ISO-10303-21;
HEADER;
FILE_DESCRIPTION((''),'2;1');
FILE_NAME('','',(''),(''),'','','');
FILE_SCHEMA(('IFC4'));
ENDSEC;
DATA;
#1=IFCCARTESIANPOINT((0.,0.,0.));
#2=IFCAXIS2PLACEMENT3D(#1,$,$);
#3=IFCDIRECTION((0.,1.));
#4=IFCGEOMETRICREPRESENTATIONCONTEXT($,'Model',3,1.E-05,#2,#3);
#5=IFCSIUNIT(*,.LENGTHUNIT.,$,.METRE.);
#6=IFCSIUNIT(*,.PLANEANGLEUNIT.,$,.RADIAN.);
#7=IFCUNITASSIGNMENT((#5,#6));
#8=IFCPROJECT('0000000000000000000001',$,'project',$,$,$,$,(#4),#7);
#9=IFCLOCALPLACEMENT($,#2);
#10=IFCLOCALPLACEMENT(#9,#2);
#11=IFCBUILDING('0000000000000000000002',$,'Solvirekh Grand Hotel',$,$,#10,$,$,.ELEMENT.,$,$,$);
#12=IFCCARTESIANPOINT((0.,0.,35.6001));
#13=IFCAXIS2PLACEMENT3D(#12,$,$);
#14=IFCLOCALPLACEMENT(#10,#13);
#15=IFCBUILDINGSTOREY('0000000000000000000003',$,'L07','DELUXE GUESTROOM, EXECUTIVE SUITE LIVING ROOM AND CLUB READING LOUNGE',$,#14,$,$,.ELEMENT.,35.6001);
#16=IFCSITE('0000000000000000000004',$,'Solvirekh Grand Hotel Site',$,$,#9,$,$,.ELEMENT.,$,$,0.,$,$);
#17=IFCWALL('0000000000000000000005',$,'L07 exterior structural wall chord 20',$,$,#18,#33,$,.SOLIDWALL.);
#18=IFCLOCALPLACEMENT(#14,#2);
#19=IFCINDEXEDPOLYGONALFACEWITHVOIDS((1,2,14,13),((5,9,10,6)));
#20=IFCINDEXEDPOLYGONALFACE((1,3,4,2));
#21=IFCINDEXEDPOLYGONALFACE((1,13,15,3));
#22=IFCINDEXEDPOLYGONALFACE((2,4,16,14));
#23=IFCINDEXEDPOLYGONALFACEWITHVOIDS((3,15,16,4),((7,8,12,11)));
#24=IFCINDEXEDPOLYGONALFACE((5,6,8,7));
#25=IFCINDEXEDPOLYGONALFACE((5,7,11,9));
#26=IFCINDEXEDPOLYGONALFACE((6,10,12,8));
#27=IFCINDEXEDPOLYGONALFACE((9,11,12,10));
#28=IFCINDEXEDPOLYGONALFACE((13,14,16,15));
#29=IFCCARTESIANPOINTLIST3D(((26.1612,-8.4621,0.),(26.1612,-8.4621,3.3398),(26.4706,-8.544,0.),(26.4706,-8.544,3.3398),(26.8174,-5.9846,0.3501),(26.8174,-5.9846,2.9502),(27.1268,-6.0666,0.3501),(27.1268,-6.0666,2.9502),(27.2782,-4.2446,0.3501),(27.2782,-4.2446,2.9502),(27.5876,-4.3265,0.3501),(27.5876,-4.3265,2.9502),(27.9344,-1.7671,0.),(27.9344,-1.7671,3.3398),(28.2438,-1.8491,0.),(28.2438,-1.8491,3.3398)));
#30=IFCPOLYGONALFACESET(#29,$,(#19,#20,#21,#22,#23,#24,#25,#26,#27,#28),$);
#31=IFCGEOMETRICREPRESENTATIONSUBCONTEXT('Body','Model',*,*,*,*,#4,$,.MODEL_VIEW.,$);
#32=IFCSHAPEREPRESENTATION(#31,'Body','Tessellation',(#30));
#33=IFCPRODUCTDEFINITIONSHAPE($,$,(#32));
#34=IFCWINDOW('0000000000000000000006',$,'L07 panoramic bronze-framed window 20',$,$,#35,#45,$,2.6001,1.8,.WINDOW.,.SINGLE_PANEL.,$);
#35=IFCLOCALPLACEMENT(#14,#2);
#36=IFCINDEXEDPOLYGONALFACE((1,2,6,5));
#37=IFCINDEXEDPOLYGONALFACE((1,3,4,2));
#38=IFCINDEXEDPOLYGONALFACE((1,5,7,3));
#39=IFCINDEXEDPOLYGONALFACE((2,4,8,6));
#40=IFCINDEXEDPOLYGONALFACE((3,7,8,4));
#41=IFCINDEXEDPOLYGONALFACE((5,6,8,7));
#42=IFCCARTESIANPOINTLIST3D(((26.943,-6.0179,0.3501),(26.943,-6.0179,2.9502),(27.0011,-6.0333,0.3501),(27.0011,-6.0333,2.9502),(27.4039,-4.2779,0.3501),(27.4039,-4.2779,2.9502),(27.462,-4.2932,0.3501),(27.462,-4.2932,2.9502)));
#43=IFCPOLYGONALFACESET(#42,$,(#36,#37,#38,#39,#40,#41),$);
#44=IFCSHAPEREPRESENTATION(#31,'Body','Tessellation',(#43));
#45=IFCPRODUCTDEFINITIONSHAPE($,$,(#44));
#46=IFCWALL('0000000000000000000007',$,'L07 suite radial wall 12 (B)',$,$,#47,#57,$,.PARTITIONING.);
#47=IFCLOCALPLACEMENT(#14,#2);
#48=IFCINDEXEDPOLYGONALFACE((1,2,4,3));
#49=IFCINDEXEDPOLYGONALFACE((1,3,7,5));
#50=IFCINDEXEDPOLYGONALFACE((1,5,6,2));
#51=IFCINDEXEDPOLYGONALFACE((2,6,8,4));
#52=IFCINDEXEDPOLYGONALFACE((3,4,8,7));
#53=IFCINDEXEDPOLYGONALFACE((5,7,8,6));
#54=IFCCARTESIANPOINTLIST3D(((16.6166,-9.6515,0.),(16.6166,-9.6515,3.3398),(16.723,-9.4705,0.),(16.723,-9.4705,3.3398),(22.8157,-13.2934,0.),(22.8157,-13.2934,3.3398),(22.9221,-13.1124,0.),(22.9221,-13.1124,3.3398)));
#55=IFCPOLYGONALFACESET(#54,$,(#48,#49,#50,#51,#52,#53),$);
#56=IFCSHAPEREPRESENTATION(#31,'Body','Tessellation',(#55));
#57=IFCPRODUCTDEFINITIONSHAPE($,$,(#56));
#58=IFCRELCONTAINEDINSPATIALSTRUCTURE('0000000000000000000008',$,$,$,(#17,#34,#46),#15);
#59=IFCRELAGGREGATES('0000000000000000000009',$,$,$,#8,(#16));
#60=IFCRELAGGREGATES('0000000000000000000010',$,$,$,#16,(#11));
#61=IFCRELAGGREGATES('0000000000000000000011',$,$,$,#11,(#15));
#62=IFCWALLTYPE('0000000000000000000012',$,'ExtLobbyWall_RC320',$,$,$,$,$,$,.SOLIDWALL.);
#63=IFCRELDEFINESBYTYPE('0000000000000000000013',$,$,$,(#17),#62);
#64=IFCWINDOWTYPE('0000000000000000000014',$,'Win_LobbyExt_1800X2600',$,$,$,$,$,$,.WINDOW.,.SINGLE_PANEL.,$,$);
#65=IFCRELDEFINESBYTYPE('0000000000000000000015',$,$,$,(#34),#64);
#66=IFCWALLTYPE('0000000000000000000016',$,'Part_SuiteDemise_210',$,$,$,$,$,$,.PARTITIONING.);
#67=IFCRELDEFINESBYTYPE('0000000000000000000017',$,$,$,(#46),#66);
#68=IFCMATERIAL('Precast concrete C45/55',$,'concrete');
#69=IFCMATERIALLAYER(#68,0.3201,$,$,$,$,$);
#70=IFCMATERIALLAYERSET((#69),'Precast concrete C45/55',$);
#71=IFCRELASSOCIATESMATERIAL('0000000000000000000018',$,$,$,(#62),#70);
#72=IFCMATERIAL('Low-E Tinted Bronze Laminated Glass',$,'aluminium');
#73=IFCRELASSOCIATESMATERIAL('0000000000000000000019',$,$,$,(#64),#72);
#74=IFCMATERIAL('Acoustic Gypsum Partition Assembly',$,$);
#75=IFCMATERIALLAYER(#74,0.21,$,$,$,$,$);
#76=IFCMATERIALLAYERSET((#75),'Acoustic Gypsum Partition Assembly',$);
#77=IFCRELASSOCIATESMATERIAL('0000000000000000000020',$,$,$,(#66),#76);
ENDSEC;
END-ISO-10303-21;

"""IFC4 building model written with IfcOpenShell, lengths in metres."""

from ifc_helpers import new_model, si_unit, direction, frame, frame_2d, origin, place, context, subcontext, project, spatial, rectangle, extrude, material, layer, layer_set, type_object, element, fill, save


model = new_model("IFC4")

# Units and contexts
model_context = context("Model", 3, precision=1e-05, world=origin(), true_north=direction((0.0, 1.0)))
body_context = subcontext(model_context, "Body", "Model", "MODEL_VIEW")
ifc_project = project(units=[si_unit("LENGTHUNIT", "METRE"), si_unit("PLANEANGLEUNIT", "RADIAN")], contexts=[model_context])

# Site, building, storey
site_placement = place(None, origin())
site = spatial("IfcSite", under=ifc_project, at=site_placement, Name="Solvirekh Grand Hotel Site", CompositionType="ELEMENT", RefElevation=0.0)
building_placement = place(site_placement, origin())
building = spatial("IfcBuilding", under=site, at=building_placement, Name="Solvirekh Grand Hotel", CompositionType="ELEMENT")
storey_placement = place(building_placement, frame((0.0, 0.0, 35.6001)))
storey = spatial("IfcBuildingStorey", under=building, at=storey_placement, Name="L07", Description="DELUXE GUESTROOM, EXECUTIVE SUITE LIVING ROOM AND CLUB READING LOUNGE", CompositionType="ELEMENT", Elevation=35.6001)

# Shared definitions
ifc_material_1 = material(Name="Low-E Tinted Bronze Laminated Glass", Category="aluminium")

# Wall, opening, window
ifc_material_2 = material(Name="Precast concrete C45/55", Category="concrete")
ifc_layer_1 = layer(ifc_material_2, 0.3201)
ifc_layer_set_1 = layer_set([ifc_layer_1], Name="Precast concrete C45/55")
wall_type_1 = type_object("IfcWallType", Name="ExtLobbyWall_RC320", PredefinedType="SOLIDWALL", material=ifc_layer_set_1)
window_type = type_object("IfcWindowType", Name="Win_LobbyExt_1800X2600", PartitioningType="SINGLE_PANEL", PredefinedType="WINDOW", material=ifc_material_1)
wall_1_placement = place(storey_placement, frame((28.0891, -1.8081, 0.0), z_axis=(0.0, 0.0, 1.0), x_axis=(-0.256032, -0.966668, 0.0)))
wall_1 = element("IfcWall", 1, at=wall_1_placement, inside=storey, type_object=wall_type_1, Name="L07 exterior structural wall chord 20", PredefinedType="SOLIDWALL", context=body_context, shape_type="SweptSolid", body=[
    extrude(rectangle(XDim=6.9258, YDim=0.3201, at=frame_2d((3.4629, 0.0))), origin(), (0.0, 0.0, 1.0), 3.3398),
])
opening_1_placement = place(wall_1_placement, frame((2.563, 0.0, 0.3501)))
opening_1 = element("IfcOpeningElement", 2, at=opening_1_placement, cuts=wall_1, PredefinedType="OPENING", context=body_context, shape_type="SweptSolid", body=[
    extrude(rectangle(XDim=1.8, YDim=2.6001, at=frame_2d((0.8999, 1.3))), frame((0.0, 0.1699, 0.0), z_axis=(0.0, -1.0, 0.0), x_axis=(1.0, 0.0, 0.0)), (0.0, 0.0, 1.0), 0.3401),
])
window_1_placement = place(opening_1_placement, origin())
window_1 = element("IfcWindow", 3, at=window_1_placement, inside=storey, type_object=window_type, Name="L07 panoramic bronze-framed window 20", OverallHeight=2.6001, OverallWidth=1.8, PartitioningType="SINGLE_PANEL", PredefinedType="WINDOW", context=body_context, shape_type="SweptSolid", body=[
    extrude(rectangle(XDim=1.8, YDim=2.6001, at=frame_2d((0.8999, 1.3))), frame((0.0, 0.03, 0.0), z_axis=(0.0, -1.0, 0.0), x_axis=(1.0, 0.0, 0.0)), (0.0, 0.0, 1.0), 0.0601),
])
fill(opening_1, window_1)

# Wall
ifc_material_3 = material(Name="Acoustic Gypsum Partition Assembly")
ifc_layer_2 = layer(ifc_material_3, 0.21)
ifc_layer_set_2 = layer_set([ifc_layer_2], Name="Acoustic Gypsum Partition Assembly")
wall_type_2 = type_object("IfcWallType", Name="Part_SuiteDemise_210", PredefinedType="PARTITIONING", material=ifc_layer_set_2)
wall_2_placement = place(storey_placement, frame((16.6699, -9.561, 0.0), z_axis=(0.0, 0.0, 1.0), x_axis=(0.862214, -0.506544, 0.0)))
element("IfcWall", 4, at=wall_2_placement, inside=storey, type_object=wall_type_2, Name="L07 suite radial wall 12 (B)", PredefinedType="PARTITIONING", context=body_context, shape_type="SweptSolid", body=[
    extrude(rectangle(XDim=7.1897, YDim=0.21, at=frame_2d((3.5947, 0.0))), origin(), (0.0, 0.0, 1.0), 3.3398),
])

save(model, "model.ifc")
